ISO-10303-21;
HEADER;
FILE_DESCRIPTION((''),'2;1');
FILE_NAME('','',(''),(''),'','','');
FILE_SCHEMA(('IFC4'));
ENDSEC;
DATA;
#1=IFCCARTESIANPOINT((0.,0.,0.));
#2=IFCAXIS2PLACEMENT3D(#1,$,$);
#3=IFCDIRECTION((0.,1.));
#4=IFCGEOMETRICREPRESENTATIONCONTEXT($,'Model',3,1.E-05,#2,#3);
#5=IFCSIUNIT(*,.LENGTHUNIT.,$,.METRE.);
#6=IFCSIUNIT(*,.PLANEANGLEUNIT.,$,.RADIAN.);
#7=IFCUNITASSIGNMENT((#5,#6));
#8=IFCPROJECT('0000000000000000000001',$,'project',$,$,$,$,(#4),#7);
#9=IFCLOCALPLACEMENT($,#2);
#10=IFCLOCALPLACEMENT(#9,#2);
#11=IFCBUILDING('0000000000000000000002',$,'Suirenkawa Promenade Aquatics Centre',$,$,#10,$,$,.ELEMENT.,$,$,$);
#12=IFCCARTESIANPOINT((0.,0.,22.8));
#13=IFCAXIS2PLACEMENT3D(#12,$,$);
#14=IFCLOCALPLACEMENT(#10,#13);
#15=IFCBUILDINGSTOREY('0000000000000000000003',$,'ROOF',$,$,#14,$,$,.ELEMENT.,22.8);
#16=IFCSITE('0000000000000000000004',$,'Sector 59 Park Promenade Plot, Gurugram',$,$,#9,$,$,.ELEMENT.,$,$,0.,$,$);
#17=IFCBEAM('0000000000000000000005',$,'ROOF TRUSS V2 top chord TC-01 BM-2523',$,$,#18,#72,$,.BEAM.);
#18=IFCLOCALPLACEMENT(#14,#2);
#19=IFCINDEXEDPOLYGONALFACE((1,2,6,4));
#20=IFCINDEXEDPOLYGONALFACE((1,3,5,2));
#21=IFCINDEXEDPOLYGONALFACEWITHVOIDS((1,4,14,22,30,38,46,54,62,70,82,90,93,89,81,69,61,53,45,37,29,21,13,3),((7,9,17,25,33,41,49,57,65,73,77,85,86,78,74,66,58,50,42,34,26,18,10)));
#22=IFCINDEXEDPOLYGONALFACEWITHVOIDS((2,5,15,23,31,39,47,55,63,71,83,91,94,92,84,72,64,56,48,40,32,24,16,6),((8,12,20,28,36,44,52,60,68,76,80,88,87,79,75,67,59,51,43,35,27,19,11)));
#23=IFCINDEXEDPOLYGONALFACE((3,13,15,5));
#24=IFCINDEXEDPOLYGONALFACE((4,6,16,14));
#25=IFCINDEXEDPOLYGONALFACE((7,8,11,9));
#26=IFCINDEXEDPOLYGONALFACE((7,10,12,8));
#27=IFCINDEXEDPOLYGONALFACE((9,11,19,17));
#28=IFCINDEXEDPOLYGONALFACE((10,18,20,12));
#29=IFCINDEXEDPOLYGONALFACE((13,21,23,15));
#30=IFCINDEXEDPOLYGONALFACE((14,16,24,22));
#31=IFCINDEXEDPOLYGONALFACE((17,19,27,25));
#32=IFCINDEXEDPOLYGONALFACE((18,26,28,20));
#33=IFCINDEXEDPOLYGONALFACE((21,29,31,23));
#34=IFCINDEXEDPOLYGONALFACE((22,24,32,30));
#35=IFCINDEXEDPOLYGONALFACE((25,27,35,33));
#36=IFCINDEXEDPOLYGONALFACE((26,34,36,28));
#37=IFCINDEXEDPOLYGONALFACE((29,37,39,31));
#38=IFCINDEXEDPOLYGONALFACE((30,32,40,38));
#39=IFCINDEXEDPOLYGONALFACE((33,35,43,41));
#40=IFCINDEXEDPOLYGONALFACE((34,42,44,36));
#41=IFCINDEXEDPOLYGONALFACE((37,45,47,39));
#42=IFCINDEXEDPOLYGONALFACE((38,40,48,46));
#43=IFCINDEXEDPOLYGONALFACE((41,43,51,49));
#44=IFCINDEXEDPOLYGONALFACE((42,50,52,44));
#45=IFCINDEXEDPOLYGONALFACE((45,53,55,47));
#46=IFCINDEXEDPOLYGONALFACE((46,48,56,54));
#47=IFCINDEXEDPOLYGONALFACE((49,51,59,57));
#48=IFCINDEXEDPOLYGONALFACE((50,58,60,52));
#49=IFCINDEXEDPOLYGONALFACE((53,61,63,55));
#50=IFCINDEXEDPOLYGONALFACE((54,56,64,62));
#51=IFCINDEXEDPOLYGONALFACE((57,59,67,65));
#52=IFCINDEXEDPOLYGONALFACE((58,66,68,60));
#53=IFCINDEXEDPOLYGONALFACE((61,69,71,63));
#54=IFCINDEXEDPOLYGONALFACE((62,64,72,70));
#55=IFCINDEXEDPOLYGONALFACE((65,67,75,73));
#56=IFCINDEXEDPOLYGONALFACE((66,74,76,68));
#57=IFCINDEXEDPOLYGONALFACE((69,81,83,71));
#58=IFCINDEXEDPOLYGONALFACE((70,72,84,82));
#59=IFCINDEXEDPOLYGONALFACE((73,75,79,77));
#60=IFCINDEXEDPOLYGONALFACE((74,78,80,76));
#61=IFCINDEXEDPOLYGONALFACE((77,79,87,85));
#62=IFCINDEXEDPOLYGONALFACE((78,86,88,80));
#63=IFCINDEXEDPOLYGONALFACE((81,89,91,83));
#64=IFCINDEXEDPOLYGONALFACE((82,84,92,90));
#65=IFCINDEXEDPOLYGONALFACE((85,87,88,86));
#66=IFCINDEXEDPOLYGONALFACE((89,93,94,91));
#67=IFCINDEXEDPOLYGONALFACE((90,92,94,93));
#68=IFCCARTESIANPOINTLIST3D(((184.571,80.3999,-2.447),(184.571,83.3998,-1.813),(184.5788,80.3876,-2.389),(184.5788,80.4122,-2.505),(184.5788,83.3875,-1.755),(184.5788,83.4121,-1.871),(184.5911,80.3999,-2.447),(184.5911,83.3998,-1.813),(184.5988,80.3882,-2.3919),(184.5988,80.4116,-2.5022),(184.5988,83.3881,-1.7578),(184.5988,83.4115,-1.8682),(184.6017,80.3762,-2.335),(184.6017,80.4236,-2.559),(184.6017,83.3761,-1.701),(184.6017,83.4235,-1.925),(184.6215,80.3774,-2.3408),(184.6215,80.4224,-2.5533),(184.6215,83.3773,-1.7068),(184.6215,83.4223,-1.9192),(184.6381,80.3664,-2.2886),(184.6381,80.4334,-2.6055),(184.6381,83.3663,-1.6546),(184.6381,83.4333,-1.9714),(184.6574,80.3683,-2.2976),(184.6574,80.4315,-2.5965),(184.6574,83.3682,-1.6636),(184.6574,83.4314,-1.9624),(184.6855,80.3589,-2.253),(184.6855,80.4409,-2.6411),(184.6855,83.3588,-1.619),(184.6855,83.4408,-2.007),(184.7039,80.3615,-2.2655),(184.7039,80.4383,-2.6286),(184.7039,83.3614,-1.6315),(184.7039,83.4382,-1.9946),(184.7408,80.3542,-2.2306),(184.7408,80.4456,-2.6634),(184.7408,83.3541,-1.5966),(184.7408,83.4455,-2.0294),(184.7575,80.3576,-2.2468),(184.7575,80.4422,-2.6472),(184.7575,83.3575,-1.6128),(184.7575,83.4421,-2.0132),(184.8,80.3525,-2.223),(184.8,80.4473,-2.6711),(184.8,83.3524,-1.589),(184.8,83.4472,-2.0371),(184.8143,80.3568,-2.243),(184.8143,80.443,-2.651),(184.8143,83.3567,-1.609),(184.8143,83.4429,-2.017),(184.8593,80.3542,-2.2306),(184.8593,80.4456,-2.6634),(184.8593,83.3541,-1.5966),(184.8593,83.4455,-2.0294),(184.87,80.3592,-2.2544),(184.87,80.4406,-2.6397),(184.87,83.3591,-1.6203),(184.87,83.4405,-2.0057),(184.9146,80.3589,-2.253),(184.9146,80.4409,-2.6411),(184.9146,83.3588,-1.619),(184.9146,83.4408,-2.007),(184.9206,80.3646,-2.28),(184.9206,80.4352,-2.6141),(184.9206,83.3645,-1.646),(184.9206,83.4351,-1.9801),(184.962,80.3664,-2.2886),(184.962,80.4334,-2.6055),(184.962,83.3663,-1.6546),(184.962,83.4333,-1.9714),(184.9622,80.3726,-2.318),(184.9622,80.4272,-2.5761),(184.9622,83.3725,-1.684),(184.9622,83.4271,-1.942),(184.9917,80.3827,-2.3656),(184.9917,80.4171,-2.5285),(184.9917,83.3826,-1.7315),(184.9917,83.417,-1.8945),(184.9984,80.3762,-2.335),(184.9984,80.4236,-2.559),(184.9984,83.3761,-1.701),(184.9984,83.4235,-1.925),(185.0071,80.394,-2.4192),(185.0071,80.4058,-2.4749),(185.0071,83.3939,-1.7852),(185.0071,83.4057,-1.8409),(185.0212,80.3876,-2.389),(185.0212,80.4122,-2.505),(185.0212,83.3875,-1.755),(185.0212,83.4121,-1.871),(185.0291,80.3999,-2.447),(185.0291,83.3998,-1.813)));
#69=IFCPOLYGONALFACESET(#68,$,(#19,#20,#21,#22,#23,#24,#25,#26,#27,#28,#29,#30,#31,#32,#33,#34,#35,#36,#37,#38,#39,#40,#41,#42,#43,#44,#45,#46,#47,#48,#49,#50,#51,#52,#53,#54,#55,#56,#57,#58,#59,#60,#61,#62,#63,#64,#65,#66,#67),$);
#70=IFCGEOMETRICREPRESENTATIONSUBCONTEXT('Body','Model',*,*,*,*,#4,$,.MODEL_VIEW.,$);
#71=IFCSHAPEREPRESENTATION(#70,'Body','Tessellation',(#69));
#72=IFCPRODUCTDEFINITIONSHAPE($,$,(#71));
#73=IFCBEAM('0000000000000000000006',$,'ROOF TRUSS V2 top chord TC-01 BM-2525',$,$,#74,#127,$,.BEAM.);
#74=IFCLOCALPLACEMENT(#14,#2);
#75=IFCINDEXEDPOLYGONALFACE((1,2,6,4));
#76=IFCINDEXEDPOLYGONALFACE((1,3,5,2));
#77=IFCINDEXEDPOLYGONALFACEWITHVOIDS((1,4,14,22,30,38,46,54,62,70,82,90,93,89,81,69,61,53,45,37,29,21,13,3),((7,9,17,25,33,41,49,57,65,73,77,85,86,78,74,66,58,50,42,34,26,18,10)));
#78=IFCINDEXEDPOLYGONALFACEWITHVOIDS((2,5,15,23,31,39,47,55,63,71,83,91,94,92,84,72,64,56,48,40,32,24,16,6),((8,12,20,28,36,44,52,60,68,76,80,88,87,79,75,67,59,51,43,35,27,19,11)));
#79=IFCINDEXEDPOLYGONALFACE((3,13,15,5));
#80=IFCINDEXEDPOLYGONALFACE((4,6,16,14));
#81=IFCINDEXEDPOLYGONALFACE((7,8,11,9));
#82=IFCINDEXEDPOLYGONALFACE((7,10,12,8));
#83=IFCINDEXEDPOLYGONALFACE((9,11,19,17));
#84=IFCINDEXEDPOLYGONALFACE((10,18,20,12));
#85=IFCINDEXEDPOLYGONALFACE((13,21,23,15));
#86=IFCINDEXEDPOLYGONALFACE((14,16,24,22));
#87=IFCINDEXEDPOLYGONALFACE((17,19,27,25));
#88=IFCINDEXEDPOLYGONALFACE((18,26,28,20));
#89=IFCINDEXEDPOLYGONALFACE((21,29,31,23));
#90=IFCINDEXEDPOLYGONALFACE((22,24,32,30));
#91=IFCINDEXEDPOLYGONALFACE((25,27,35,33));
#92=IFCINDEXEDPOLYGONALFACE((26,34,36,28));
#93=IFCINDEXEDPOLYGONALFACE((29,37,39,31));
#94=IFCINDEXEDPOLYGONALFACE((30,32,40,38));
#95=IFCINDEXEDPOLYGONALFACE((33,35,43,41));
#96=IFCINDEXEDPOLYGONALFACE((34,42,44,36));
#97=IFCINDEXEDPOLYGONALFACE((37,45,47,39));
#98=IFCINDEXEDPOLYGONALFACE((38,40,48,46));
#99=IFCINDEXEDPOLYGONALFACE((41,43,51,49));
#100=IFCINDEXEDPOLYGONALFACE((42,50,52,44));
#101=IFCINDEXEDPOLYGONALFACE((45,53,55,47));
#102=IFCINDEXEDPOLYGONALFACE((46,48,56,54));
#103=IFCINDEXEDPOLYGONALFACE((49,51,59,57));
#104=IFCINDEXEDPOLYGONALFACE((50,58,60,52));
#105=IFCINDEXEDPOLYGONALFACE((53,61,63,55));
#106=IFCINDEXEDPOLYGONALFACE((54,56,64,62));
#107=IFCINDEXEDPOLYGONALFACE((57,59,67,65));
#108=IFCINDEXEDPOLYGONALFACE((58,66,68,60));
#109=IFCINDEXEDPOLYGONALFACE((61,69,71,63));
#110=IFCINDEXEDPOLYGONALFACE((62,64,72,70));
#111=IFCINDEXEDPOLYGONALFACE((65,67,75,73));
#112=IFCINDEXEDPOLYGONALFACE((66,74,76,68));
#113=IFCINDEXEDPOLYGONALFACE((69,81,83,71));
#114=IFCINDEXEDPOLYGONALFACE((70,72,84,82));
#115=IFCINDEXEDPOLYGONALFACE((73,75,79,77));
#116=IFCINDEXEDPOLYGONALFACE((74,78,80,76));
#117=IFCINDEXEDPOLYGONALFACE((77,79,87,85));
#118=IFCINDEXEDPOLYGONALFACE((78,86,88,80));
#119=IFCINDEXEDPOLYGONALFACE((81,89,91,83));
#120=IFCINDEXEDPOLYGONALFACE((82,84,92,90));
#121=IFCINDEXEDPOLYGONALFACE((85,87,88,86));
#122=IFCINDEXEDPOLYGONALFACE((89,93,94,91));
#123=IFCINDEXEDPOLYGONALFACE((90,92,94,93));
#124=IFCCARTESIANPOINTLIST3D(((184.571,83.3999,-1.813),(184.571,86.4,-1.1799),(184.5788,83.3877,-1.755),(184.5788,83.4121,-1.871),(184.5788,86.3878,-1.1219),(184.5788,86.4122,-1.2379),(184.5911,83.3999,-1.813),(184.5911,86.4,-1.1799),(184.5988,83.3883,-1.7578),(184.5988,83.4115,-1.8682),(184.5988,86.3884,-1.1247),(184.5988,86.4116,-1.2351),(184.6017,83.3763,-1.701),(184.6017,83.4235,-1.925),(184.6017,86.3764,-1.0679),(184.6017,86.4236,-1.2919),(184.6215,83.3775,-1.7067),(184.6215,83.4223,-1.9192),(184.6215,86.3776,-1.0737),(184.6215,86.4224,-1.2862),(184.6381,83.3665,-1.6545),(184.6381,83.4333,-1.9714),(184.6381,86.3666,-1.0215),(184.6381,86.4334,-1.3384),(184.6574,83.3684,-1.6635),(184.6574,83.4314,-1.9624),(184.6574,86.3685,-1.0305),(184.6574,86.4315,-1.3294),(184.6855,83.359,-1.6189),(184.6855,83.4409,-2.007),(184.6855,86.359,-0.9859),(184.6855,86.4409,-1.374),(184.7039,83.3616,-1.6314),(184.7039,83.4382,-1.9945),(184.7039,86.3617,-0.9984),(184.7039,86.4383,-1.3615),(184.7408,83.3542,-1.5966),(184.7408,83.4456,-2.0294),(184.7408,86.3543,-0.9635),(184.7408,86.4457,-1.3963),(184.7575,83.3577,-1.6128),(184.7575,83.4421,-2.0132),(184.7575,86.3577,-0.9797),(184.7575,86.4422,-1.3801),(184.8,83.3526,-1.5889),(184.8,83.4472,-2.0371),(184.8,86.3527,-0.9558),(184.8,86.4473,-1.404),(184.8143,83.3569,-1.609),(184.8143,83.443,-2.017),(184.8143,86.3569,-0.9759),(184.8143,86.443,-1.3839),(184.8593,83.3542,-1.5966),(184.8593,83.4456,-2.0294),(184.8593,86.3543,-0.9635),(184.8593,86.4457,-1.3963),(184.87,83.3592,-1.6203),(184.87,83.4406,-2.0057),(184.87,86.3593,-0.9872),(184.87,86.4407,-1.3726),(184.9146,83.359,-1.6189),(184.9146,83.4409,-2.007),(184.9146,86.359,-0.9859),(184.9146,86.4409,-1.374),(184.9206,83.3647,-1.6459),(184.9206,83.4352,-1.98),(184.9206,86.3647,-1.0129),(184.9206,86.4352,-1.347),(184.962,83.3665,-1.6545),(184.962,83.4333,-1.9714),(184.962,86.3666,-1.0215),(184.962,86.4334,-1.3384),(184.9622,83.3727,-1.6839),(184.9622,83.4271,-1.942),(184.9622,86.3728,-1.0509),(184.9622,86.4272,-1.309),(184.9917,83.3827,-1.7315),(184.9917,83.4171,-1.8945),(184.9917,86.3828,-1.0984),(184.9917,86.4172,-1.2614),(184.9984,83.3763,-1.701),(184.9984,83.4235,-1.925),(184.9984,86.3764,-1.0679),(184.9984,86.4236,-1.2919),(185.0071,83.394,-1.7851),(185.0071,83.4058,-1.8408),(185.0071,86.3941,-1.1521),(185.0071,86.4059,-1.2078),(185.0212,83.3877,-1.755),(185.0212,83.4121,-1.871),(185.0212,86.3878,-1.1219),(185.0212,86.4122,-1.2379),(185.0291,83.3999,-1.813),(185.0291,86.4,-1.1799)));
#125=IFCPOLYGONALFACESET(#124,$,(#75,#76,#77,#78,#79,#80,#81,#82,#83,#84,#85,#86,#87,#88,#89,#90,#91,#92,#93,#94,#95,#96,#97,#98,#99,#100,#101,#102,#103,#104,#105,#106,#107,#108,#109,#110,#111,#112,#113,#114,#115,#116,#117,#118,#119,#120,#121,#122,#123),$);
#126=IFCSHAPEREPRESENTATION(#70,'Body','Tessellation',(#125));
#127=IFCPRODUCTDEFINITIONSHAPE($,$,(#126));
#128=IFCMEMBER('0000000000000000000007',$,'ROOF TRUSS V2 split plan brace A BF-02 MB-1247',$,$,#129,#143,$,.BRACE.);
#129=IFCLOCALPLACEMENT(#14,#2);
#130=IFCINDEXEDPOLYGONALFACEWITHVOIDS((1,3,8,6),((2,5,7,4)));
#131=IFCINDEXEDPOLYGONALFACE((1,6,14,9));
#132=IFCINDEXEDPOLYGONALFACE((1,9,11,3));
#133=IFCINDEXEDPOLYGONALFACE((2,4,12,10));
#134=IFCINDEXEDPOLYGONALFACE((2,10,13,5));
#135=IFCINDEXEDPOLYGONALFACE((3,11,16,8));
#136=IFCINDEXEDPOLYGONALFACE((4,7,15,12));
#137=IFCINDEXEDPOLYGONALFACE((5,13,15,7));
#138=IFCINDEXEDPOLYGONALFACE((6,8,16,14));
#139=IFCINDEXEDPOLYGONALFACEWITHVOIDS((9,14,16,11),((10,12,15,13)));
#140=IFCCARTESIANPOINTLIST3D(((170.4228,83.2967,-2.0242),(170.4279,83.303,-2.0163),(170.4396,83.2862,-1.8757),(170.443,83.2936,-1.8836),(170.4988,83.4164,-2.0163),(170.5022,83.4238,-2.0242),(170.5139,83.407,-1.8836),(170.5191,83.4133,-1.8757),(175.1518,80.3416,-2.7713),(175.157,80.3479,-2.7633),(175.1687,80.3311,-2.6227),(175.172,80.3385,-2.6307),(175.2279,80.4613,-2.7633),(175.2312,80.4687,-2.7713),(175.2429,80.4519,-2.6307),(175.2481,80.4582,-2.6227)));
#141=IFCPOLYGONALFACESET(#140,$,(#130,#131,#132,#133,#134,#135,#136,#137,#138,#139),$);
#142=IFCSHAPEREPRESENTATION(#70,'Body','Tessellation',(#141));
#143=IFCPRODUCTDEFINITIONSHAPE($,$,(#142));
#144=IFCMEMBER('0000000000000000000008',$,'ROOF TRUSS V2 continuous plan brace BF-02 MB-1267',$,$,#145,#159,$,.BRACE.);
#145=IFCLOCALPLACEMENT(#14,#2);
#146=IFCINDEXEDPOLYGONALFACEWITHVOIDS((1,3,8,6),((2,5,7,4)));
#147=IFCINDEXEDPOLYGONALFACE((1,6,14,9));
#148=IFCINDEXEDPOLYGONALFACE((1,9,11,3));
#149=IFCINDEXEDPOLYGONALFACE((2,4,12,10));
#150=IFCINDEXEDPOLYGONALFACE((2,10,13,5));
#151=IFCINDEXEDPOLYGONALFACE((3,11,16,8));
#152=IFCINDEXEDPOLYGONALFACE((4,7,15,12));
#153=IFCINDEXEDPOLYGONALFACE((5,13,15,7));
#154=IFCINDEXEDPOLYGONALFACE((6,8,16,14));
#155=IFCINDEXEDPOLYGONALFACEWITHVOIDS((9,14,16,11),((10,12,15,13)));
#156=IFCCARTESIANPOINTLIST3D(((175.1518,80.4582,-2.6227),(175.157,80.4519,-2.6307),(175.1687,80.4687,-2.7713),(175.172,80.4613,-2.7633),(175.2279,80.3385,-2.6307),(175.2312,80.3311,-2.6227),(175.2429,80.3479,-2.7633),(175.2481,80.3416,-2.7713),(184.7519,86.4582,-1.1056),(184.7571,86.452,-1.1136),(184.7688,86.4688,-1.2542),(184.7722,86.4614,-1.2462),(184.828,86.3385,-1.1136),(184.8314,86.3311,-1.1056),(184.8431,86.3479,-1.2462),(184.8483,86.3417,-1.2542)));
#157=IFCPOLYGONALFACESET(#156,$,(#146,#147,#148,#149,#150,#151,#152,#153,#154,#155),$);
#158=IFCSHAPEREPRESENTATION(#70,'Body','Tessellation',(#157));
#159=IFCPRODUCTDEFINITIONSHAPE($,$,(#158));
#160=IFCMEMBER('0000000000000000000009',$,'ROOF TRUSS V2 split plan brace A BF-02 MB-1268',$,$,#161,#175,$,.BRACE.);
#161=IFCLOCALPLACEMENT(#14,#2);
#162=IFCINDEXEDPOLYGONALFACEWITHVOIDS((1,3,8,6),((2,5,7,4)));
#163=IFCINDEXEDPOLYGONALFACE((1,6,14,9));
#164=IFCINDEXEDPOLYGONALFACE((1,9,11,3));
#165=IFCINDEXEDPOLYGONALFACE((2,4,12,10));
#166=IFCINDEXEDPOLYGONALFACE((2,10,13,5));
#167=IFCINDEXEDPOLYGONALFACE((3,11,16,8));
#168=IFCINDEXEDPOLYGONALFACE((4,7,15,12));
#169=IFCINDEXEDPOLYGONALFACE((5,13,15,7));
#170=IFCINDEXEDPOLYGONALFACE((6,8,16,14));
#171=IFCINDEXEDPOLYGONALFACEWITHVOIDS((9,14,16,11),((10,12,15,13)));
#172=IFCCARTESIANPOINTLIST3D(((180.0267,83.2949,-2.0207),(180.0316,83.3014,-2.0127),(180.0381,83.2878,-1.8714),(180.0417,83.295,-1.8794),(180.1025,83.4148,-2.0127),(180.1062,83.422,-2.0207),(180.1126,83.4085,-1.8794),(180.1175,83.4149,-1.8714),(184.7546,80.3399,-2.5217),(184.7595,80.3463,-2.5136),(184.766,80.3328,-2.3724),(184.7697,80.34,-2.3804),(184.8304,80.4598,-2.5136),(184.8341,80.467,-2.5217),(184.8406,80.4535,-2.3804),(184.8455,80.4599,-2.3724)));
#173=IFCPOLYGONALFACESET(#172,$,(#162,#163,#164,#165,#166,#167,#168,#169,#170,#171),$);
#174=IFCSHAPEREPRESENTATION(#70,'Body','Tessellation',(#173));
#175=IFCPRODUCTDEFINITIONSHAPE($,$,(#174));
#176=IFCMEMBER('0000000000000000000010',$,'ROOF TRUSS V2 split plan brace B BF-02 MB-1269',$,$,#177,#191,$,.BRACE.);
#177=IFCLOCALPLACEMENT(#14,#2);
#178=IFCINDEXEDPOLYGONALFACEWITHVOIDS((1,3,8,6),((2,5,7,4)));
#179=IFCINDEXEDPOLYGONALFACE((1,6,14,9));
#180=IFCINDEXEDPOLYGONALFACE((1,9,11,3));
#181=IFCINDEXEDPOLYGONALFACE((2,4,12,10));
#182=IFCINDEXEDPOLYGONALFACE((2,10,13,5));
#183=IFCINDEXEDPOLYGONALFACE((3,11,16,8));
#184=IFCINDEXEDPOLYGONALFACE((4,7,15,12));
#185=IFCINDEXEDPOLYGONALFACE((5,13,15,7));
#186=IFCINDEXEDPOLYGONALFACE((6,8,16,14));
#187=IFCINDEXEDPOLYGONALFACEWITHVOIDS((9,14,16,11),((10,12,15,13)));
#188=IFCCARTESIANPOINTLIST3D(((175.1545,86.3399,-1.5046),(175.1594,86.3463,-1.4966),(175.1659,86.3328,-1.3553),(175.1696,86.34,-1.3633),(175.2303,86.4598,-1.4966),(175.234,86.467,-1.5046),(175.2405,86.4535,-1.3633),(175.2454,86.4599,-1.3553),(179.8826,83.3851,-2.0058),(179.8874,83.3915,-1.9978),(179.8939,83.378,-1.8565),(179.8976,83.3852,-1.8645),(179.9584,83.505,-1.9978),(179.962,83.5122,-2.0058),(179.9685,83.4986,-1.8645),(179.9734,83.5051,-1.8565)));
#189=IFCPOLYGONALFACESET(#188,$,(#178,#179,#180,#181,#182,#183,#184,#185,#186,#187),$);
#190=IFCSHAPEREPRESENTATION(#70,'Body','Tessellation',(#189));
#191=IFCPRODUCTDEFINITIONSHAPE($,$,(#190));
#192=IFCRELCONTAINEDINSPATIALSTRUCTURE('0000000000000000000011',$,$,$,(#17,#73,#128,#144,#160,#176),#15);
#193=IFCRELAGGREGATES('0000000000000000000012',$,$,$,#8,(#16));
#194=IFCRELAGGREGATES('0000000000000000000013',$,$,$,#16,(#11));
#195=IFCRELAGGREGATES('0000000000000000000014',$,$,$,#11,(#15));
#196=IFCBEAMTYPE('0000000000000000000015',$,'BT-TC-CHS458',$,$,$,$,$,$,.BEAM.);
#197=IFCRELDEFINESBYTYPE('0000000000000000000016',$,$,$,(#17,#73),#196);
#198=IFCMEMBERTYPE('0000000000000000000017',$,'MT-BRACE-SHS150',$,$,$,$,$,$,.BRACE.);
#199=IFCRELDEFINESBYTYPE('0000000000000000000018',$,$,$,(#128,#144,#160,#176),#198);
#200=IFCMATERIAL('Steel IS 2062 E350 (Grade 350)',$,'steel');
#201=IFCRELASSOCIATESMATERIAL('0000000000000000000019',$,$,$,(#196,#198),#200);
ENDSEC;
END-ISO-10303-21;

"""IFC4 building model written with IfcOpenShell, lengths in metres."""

from ifc_helpers import new_model, si_unit, direction, frame, origin, origin_2d, place, context, subcontext, project, spatial, hollow_rectangle, hollow_circle, extrude, material, material_profile, profile_set, type_object, element, save


model = new_model("IFC4")

# Units and contexts
model_context = context("Model", 3, precision=1e-05, world=origin(), true_north=direction((0.0, 1.0)))
body_context = subcontext(model_context, "Body", "Model", "MODEL_VIEW")
ifc_project = project(units=[si_unit("LENGTHUNIT", "METRE"), si_unit("PLANEANGLEUNIT", "RADIAN")], contexts=[model_context])

# Site, building, storey
site_placement = place(None, origin())
site = spatial("IfcSite", under=ifc_project, at=site_placement, Name="Sector 59 Park Promenade Plot, Gurugram", CompositionType="ELEMENT", RefElevation=0.0)
building_placement = place(site_placement, origin())
building = spatial("IfcBuilding", under=site, at=building_placement, Name="Suirenkawa Promenade Aquatics Centre", CompositionType="ELEMENT")
storey_placement = place(building_placement, frame((0.0, 0.0, 22.8)))
storey = spatial("IfcBuildingStorey", under=building, at=storey_placement, Name="ROOF", CompositionType="ELEMENT", Elevation=22.8)

# Beams
ifc_material = material(Name="Steel IS 2062 E350 (Grade 350)", Category="steel")
ifc_material_profile_1 = material_profile(ifc_material, hollow_circle(Radius=0.229, WallThickness=0.02, at=origin_2d()), Name="CHS 458x20", Category="steel")
ifc_profile_set_1 = profile_set([ifc_material_profile_1], Name="Steel IS 2062 E350 (Grade 350)")
beam_type_1 = type_object("IfcBeamType", Name="BT-TC-CHS458", PredefinedType="BEAM", material=ifc_profile_set_1)
for number, where, z_axis, x_axis, name in (
    (1, (184.8, 80.3999, -2.447), (0.0, 0.978388, 0.206777), (-1.0, 0.0, 0.0), "ROOF TRUSS V2 top chord TC-01 BM-2523"),
    (2, (184.8, 83.3999, -1.813), (0.0, 0.978453, 0.206472), (-1.0, 0.0, 0.0), "ROOF TRUSS V2 top chord TC-01 BM-2525"),
):
    element("IfcBeam", number, at=place(storey_placement, frame(where, z_axis=z_axis, x_axis=x_axis)), inside=storey, type_object=beam_type_1, Name=name, PredefinedType="BEAM", context=body_context, shape_type="SweptSolid", body=[
        extrude(hollow_circle(Radius=0.229, WallThickness=0.02, at=origin_2d()), origin(), (0.0, 0.0, 1.0), 3.0662),
    ])

# Members
ifc_material_profile_2 = material_profile(ifc_material, hollow_rectangle(XDim=0.1499, YDim=0.1499, WallThickness=0.0081, at=origin_2d()), Name="SHS 150x150x8", Category="steel")
ifc_profile_set_2 = profile_set([ifc_material_profile_2], Name="Steel IS 2062 E350 (Grade 350)")
member_type_1 = type_object("IfcMemberType", Name="MT-BRACE-SHS150", PredefinedType="BRACE", material=ifc_profile_set_2)
member_1_placement = place(storey_placement, frame((175.2, 80.3999, -2.697), z_axis=(-0.840533, 0.525236, 0.132784), x_axis=(-0.529928, -0.848043, 0.0)))
element("IfcMember", 3, at=member_1_placement, inside=storey, type_object=member_type_1, Name="ROOF TRUSS V2 split plan brace A BF-02 MB-1247", PredefinedType="BRACE", context=body_context, shape_type="SweptSolid", body=[
    extrude(hollow_rectangle(XDim=0.1499, YDim=0.1499, WallThickness=0.0081, at=origin_2d()), origin(), (0.0, 0.0, 1.0), 5.6262),
])
member_2_placement = place(storey_placement, frame((175.2, 80.3999, -2.697), z_axis=(0.840487, 0.525299, 0.132821), x_axis=(-0.529995, 0.848001, 0.0)))
element("IfcMember", 4, at=member_2_placement, inside=storey, type_object=member_type_1, Name="ROOF TRUSS V2 continuous plan brace BF-02 MB-1267", PredefinedType="BRACE", context=body_context, shape_type="SweptSolid", body=[
    extrude(hollow_rectangle(XDim=0.1499, YDim=0.1499, WallThickness=0.0081, at=origin_2d()), origin(), (0.0, 0.0, 1.0), 11.4221),
])
for number, where, z_axis, x_axis, name in (
    (5, (184.8, 80.3999, -2.447), (-0.844591, 0.52788, 0.089492), (-0.530007, -0.847993, 0.0), "ROOF TRUSS V2 split plan brace A BF-02 MB-1268"),
    (6, (179.928, 83.4451, -1.9312), (-0.844607, 0.527847, 0.089537), (-0.529975, -0.848013, 0.0), "ROOF TRUSS V2 split plan brace B BF-02 MB-1269"),
):
    element("IfcMember", number, at=place(storey_placement, frame(where, z_axis=z_axis, x_axis=x_axis)), inside=storey, type_object=member_type_1, Name=name, PredefinedType="BRACE", context=body_context, shape_type="SweptSolid", body=[
        extrude(hollow_rectangle(XDim=0.1499, YDim=0.1499, WallThickness=0.0081, at=origin_2d()), origin(), (0.0, 0.0, 1.0), 5.5979),
    ])

save(model, "model.ifc")
